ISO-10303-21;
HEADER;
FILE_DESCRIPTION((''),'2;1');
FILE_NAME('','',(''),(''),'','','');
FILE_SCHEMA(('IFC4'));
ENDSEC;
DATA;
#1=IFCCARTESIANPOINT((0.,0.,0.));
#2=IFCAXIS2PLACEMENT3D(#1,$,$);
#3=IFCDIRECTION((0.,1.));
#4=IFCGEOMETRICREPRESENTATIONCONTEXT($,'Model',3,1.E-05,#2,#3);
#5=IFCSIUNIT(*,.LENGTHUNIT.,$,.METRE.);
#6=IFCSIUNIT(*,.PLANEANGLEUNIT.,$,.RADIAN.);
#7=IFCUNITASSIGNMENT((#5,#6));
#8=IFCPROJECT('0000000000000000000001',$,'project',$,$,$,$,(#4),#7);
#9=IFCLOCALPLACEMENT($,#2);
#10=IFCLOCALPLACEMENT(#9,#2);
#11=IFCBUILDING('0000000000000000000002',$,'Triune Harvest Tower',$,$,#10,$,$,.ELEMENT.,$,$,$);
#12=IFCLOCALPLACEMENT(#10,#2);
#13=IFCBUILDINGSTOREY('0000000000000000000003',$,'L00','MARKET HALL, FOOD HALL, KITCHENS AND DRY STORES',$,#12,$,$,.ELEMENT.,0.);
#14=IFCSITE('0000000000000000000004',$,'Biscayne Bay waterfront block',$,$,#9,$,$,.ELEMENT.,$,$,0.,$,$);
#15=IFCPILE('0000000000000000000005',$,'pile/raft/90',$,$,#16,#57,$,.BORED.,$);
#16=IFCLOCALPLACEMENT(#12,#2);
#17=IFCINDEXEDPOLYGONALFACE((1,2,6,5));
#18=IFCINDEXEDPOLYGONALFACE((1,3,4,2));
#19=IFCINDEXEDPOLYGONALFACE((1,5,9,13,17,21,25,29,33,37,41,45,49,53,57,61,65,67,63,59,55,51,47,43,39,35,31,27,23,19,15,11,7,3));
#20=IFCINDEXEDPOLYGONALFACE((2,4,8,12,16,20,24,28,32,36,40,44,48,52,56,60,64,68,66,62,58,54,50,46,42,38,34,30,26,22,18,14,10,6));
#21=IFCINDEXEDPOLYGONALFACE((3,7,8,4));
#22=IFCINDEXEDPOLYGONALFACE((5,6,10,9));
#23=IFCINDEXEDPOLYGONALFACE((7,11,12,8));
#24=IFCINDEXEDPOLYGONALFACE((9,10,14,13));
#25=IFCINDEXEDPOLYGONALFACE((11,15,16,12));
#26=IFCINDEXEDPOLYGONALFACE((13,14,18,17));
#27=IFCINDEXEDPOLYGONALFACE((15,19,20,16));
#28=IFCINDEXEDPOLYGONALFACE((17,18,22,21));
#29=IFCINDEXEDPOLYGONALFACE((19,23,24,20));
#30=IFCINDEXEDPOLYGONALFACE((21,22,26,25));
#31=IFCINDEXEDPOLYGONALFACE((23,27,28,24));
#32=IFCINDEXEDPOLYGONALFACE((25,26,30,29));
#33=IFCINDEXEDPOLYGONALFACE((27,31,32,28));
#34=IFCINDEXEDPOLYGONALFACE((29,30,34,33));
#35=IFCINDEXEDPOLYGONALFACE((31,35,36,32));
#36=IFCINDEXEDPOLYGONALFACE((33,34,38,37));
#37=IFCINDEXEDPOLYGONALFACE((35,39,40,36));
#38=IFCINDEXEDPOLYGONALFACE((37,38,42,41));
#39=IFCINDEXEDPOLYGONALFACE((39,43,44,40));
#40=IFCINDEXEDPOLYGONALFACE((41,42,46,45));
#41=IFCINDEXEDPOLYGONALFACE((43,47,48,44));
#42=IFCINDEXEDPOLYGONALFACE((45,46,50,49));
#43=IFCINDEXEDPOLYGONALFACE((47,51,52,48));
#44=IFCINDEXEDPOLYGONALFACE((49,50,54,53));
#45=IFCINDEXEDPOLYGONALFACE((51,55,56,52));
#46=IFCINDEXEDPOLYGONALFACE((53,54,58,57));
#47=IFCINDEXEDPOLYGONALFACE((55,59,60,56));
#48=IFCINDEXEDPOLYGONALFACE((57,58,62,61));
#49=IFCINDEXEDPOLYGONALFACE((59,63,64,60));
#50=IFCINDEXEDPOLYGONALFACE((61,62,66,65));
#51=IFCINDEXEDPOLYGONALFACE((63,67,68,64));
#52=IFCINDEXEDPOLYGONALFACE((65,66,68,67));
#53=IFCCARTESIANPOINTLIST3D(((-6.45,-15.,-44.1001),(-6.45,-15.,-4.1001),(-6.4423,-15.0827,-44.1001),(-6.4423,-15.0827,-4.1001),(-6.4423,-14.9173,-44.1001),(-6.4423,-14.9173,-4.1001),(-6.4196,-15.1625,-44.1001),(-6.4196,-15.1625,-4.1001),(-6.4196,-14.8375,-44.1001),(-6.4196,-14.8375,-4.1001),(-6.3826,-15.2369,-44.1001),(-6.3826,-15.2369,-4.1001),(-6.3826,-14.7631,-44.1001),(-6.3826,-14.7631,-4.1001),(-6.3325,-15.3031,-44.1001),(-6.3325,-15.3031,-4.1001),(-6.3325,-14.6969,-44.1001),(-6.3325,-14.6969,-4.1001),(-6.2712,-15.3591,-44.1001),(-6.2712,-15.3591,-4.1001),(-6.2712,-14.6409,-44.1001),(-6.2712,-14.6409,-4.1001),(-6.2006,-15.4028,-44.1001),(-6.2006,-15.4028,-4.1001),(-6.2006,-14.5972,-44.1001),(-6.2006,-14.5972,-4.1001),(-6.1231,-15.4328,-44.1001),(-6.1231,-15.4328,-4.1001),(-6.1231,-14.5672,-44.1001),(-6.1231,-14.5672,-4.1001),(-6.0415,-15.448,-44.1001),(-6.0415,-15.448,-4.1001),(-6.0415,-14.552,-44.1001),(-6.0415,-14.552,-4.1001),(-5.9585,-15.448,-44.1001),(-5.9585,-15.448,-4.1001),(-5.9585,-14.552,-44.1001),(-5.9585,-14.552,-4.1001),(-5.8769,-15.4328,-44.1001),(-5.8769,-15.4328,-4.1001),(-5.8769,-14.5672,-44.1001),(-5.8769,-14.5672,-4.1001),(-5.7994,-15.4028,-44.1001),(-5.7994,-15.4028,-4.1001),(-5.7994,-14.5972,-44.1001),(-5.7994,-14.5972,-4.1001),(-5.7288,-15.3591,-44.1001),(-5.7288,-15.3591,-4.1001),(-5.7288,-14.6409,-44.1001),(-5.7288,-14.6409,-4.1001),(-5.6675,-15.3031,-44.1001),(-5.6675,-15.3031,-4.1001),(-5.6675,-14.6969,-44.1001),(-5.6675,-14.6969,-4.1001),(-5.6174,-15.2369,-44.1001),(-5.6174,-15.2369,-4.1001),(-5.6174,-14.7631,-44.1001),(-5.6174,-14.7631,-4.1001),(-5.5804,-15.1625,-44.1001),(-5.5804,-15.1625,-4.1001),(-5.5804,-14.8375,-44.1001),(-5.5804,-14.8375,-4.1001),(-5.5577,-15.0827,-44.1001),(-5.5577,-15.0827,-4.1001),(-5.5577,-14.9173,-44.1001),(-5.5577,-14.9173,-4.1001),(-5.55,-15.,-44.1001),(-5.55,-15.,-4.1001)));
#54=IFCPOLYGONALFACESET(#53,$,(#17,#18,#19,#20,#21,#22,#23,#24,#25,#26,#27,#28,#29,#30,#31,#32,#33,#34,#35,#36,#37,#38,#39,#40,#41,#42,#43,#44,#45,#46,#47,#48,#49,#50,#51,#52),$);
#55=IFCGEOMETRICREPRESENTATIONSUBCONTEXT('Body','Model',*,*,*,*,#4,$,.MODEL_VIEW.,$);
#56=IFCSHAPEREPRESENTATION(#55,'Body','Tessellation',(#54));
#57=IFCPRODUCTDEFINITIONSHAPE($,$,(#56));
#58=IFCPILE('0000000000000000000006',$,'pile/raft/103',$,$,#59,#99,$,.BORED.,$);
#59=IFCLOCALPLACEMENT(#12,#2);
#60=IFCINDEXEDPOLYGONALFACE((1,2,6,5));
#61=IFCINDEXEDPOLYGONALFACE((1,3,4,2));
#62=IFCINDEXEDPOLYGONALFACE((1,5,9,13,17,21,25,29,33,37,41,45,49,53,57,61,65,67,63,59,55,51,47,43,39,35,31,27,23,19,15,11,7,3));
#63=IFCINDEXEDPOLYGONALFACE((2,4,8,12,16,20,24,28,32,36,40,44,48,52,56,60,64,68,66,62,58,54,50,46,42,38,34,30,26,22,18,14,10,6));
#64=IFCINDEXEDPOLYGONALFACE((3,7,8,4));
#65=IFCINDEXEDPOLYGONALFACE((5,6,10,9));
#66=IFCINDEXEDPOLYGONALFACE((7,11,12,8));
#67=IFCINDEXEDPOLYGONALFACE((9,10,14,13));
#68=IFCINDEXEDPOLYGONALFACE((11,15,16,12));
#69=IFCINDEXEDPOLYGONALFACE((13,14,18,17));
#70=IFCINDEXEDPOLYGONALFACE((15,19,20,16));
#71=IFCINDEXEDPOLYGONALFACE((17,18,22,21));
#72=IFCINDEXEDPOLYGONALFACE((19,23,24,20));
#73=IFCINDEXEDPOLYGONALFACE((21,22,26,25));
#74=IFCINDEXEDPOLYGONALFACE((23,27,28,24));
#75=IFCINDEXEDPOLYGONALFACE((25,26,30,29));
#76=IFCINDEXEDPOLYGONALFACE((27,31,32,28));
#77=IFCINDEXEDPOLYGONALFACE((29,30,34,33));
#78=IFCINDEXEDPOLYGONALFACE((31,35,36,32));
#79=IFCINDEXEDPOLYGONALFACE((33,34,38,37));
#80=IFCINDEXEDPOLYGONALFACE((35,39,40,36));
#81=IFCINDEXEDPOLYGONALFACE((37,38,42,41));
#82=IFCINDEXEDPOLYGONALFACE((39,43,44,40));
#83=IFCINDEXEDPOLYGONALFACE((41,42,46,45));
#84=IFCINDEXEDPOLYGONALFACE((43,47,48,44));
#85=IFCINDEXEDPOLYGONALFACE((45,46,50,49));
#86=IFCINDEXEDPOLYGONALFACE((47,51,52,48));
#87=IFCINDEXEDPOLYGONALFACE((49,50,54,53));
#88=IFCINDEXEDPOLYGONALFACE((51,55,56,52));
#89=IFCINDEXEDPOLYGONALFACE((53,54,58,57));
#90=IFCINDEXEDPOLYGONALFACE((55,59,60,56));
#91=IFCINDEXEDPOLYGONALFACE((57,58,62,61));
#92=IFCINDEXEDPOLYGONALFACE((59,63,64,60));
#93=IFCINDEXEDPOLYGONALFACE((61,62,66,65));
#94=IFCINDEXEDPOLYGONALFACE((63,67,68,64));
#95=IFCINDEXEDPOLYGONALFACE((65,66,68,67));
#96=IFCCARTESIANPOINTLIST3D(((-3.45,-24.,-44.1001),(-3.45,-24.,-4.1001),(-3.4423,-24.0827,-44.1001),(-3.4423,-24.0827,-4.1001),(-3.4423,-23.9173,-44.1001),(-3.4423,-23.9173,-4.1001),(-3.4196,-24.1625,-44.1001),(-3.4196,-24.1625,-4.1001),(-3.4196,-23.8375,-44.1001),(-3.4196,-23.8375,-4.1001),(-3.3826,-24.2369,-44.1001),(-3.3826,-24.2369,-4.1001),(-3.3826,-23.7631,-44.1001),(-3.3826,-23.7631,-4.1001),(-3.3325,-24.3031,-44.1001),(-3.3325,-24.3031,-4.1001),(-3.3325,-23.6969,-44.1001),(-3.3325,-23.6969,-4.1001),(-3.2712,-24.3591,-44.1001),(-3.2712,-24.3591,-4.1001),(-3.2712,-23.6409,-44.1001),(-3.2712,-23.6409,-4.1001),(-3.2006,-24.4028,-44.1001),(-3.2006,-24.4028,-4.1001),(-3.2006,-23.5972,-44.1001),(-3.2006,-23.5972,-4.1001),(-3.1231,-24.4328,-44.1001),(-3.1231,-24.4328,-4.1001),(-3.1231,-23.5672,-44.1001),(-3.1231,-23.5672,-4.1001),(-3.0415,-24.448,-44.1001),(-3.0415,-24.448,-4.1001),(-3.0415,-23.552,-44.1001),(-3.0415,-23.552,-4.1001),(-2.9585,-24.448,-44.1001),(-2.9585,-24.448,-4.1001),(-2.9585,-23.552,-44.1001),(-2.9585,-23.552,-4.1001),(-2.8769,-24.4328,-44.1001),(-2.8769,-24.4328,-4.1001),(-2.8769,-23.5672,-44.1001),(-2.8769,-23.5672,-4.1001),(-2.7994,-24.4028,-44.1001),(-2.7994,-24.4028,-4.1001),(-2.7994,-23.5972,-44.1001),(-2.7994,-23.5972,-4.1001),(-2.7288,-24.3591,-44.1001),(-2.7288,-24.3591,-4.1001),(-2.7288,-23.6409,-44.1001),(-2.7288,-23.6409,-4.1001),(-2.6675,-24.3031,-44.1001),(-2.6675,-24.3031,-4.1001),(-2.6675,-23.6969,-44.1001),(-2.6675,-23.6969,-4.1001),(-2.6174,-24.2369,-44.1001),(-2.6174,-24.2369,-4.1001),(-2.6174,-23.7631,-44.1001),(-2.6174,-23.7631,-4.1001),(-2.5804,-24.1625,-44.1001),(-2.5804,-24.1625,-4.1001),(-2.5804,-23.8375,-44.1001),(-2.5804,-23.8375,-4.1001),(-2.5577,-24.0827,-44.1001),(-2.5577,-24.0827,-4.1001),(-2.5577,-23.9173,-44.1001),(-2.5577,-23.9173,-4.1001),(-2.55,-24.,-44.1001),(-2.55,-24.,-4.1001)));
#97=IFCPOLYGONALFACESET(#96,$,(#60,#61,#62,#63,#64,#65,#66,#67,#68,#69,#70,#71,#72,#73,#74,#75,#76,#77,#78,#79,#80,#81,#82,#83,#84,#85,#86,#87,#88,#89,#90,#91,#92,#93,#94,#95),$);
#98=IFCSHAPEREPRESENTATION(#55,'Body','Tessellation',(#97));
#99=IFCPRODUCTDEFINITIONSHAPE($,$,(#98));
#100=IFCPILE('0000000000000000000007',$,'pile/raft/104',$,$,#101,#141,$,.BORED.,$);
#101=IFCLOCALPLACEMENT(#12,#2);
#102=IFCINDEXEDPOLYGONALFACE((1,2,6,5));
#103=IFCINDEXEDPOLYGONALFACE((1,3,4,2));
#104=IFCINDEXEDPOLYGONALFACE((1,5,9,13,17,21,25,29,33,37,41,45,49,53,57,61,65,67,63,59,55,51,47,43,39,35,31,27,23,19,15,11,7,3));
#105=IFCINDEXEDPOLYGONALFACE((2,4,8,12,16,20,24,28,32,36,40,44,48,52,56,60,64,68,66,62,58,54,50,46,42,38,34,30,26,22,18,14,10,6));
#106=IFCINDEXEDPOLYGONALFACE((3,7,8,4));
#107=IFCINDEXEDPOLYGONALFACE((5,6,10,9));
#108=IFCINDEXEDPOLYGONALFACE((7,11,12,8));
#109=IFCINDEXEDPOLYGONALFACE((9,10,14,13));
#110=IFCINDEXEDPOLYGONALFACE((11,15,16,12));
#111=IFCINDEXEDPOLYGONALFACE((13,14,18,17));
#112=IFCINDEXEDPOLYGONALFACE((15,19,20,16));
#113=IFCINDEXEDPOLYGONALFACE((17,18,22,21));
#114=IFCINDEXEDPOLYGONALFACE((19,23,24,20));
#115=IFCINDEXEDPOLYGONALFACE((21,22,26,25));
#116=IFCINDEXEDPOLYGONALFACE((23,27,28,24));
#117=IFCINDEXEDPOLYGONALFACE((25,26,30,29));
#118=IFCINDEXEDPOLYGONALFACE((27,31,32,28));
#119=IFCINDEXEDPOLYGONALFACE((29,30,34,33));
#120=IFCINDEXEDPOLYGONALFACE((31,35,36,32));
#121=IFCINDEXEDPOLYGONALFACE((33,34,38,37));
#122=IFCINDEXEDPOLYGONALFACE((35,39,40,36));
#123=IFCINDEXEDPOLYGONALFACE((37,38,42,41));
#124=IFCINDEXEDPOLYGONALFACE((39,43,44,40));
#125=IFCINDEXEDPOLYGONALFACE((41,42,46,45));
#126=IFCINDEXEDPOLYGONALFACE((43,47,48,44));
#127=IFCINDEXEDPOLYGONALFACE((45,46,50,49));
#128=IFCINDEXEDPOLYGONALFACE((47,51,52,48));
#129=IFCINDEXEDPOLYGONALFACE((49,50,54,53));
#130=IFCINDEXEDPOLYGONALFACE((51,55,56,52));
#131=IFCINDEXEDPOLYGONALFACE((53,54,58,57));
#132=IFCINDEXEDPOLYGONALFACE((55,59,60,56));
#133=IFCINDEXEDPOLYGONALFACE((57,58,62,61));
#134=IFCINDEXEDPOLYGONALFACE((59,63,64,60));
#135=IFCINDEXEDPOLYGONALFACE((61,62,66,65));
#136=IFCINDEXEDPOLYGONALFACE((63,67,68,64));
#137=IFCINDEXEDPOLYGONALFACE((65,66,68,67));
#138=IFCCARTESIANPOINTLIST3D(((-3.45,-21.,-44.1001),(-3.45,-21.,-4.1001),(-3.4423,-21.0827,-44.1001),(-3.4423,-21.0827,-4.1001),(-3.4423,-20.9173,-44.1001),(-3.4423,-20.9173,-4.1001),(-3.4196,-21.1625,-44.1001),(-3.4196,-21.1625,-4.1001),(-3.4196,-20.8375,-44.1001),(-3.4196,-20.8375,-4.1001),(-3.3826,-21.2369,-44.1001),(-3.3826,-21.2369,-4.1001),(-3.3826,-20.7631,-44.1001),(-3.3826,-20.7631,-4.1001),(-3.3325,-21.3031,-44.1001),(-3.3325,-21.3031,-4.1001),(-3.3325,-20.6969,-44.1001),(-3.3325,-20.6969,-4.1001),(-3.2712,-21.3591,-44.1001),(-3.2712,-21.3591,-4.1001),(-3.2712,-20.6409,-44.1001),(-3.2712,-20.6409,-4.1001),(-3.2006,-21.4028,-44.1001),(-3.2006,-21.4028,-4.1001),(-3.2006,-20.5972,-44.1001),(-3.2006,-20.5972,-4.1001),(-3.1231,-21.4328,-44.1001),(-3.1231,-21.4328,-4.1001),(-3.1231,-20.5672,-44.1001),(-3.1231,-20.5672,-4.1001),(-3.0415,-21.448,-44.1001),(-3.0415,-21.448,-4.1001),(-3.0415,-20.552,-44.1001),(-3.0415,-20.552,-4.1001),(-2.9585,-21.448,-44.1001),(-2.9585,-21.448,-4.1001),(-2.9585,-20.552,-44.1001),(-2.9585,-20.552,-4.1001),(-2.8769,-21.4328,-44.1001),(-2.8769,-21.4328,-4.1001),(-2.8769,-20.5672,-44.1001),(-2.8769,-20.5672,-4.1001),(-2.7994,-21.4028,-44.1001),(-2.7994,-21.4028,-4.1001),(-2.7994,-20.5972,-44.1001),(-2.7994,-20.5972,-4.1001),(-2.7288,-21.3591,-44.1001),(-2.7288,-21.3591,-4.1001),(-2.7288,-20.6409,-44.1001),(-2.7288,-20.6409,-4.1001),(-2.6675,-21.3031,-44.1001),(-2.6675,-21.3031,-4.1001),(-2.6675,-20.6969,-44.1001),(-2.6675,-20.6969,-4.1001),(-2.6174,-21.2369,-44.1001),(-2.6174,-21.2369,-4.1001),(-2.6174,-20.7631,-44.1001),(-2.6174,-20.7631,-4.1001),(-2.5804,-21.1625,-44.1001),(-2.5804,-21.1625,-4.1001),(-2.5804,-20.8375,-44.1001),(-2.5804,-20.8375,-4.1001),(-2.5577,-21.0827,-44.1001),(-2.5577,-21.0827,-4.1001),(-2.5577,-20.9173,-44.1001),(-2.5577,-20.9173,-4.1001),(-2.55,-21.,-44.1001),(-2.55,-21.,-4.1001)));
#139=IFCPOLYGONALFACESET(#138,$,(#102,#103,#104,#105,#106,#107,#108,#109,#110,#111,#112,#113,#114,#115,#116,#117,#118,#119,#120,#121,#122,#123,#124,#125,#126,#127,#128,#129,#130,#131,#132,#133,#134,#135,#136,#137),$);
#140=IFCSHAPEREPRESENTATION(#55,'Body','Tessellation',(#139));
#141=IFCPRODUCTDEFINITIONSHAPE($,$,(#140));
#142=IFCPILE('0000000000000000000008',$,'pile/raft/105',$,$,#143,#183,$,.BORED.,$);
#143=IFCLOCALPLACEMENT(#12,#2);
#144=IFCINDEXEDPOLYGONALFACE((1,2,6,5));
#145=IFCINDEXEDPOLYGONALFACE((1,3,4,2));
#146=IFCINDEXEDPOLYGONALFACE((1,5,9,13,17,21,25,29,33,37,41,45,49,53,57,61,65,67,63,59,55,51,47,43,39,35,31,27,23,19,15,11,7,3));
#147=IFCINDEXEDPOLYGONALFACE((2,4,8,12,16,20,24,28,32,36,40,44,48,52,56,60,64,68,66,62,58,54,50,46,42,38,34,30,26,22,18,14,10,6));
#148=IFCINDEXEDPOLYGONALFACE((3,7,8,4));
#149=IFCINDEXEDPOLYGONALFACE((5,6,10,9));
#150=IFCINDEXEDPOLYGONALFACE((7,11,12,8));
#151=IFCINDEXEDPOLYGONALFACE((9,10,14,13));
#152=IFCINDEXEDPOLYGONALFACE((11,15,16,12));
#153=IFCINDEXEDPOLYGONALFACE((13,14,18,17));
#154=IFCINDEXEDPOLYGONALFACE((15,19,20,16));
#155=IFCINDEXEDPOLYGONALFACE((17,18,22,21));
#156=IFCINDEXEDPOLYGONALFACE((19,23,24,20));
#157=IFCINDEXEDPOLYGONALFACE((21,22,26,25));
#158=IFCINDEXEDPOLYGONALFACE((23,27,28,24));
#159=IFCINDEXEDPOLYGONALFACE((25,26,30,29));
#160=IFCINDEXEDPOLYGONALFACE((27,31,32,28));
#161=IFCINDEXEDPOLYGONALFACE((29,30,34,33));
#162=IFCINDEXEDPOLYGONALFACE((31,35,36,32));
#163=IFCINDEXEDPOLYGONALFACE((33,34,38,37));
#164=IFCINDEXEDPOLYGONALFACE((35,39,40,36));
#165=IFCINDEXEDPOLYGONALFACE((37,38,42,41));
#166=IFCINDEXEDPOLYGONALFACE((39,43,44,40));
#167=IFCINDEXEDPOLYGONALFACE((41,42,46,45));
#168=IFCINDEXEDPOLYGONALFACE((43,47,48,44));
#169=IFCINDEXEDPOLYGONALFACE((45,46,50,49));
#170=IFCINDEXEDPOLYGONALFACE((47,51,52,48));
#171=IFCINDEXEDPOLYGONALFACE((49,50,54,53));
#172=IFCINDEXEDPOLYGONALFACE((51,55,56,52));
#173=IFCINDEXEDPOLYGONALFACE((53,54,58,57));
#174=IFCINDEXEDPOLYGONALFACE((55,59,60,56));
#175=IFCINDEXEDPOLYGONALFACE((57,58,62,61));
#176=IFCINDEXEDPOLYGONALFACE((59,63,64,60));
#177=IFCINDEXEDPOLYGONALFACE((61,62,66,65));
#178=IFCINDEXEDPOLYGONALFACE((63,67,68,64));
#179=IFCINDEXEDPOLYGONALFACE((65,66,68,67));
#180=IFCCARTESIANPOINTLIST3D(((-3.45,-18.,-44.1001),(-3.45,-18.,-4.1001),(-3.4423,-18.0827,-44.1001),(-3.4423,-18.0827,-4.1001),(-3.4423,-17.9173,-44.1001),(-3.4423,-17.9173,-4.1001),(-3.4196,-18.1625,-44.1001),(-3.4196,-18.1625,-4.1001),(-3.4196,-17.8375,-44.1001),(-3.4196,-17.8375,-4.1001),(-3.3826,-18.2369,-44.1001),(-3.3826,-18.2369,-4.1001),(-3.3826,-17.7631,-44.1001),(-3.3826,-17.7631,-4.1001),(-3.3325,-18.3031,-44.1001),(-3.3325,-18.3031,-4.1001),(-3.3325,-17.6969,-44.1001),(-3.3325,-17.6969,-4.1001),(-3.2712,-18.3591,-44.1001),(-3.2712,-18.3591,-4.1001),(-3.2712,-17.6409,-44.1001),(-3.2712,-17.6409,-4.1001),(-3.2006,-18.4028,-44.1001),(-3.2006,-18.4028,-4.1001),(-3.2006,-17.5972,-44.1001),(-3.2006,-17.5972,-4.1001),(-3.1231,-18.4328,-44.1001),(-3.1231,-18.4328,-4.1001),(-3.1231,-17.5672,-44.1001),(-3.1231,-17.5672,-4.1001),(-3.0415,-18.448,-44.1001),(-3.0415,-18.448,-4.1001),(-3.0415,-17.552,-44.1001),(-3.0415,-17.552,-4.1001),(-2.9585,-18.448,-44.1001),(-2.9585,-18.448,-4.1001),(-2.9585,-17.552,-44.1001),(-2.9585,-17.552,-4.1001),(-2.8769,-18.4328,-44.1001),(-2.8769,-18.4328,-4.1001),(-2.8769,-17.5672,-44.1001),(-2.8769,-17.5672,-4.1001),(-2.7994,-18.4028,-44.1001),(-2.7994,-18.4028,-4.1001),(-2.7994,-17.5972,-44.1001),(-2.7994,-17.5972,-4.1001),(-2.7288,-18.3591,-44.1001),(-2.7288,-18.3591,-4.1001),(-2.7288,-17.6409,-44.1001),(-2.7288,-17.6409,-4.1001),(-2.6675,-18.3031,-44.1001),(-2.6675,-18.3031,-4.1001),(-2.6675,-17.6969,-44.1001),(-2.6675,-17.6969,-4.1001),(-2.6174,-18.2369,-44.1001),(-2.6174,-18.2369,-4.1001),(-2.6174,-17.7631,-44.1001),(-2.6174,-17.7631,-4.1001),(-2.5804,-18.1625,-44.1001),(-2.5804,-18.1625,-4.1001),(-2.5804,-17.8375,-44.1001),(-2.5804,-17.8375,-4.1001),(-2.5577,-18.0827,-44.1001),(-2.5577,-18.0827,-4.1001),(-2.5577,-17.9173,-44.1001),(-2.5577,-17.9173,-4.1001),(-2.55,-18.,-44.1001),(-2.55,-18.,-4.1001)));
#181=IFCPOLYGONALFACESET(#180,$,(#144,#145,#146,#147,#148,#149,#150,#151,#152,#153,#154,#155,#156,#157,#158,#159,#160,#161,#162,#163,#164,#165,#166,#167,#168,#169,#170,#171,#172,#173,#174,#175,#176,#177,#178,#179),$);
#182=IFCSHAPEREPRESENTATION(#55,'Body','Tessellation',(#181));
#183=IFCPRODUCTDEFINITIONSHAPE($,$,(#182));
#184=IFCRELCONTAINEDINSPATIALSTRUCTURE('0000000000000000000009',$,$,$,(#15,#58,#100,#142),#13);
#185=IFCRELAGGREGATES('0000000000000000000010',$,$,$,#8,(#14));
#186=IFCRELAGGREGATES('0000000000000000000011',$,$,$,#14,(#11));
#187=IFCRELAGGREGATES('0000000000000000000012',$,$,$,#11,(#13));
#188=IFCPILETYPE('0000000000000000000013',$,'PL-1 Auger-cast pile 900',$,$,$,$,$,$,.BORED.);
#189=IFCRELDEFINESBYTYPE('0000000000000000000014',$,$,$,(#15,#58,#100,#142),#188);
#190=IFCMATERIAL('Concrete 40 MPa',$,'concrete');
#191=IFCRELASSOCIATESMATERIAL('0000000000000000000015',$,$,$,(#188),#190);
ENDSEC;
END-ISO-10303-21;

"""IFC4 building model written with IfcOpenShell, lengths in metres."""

from ifc_helpers import new_model, si_unit, direction, frame, origin, origin_2d, place, context, subcontext, project, spatial, circle, extrude, source, transform, mapped, material, material_profile, profile_set, type_object, element, save


model = new_model("IFC4")

# Units and contexts
model_context = context("Model", 3, precision=1e-05, world=origin(), true_north=direction((0.0, 1.0)))
body_context = subcontext(model_context, "Body", "Model", "MODEL_VIEW")
ifc_project = project(units=[si_unit("LENGTHUNIT", "METRE"), si_unit("PLANEANGLEUNIT", "RADIAN")], contexts=[model_context])

# Site, building, storey
site_placement = place(None, origin())
site = spatial("IfcSite", under=ifc_project, at=site_placement, Name="Biscayne Bay waterfront block", CompositionType="ELEMENT", RefElevation=0.0)
building_placement = place(site_placement, origin())
building = spatial("IfcBuilding", under=site, at=building_placement, Name="Triune Harvest Tower", CompositionType="ELEMENT")
storey_placement = place(building_placement, origin())
storey = spatial("IfcBuildingStorey", under=building, at=storey_placement, Name="L00", Description="MARKET HALL, FOOD HALL, KITCHENS AND DRY STORES", CompositionType="ELEMENT", Elevation=0.0)

# Piles
ifc_material_1 = material(Name="Concrete 40 MPa", Category="concrete")
ifc_material_profile_1 = material_profile(ifc_material_1, circle(Radius=0.45, at=origin_2d()), Name="Bored 900")
ifc_profile_set_1 = profile_set([ifc_material_profile_1], Name="Concrete 40 MPa")
pile_type = type_object("IfcPileType", Name="PL-1 Auger-cast pile 900", PredefinedType="BORED", material=ifc_profile_set_1)
shared_shape_1 = source(origin(), body_context, "Body", "SweptSolid", [
    extrude(circle(Radius=0.45, at=origin_2d()), origin(), (0.0, 0.0, 1.0), 40.0),
])
for number, where, z_axis, x_axis, name in (
    (1, (-6.0, -15.0, -4.1001), (0.0, 0.0, -1.0), (1.0, 0.0, 0.0), "pile/raft/90"),
    (2, (-3.0, -24.0, -4.1001), (0.0, 0.0, -1.0), (1.0, 0.0, 0.0), "pile/raft/103"),
    (3, (-3.0, -21.0, -4.1001), (0.0, 0.0, -1.0), (1.0, 0.0, 0.0), "pile/raft/104"),
    (4, (-3.0, -18.0, -4.1001), (0.0, 0.0, -1.0), (1.0, 0.0, 0.0), "pile/raft/105"),
):
    element("IfcPile", number, at=place(storey_placement, frame(where, z_axis=z_axis, x_axis=x_axis)), inside=storey, type_object=pile_type, Name=name, PredefinedType="BORED", context=body_context, shape_type="MappedRepresentation", body=[
        mapped(shared_shape_1, transform((0.0, 0.0, 0.0), scale=1.0)),
    ])

save(model, "model.ifc")
